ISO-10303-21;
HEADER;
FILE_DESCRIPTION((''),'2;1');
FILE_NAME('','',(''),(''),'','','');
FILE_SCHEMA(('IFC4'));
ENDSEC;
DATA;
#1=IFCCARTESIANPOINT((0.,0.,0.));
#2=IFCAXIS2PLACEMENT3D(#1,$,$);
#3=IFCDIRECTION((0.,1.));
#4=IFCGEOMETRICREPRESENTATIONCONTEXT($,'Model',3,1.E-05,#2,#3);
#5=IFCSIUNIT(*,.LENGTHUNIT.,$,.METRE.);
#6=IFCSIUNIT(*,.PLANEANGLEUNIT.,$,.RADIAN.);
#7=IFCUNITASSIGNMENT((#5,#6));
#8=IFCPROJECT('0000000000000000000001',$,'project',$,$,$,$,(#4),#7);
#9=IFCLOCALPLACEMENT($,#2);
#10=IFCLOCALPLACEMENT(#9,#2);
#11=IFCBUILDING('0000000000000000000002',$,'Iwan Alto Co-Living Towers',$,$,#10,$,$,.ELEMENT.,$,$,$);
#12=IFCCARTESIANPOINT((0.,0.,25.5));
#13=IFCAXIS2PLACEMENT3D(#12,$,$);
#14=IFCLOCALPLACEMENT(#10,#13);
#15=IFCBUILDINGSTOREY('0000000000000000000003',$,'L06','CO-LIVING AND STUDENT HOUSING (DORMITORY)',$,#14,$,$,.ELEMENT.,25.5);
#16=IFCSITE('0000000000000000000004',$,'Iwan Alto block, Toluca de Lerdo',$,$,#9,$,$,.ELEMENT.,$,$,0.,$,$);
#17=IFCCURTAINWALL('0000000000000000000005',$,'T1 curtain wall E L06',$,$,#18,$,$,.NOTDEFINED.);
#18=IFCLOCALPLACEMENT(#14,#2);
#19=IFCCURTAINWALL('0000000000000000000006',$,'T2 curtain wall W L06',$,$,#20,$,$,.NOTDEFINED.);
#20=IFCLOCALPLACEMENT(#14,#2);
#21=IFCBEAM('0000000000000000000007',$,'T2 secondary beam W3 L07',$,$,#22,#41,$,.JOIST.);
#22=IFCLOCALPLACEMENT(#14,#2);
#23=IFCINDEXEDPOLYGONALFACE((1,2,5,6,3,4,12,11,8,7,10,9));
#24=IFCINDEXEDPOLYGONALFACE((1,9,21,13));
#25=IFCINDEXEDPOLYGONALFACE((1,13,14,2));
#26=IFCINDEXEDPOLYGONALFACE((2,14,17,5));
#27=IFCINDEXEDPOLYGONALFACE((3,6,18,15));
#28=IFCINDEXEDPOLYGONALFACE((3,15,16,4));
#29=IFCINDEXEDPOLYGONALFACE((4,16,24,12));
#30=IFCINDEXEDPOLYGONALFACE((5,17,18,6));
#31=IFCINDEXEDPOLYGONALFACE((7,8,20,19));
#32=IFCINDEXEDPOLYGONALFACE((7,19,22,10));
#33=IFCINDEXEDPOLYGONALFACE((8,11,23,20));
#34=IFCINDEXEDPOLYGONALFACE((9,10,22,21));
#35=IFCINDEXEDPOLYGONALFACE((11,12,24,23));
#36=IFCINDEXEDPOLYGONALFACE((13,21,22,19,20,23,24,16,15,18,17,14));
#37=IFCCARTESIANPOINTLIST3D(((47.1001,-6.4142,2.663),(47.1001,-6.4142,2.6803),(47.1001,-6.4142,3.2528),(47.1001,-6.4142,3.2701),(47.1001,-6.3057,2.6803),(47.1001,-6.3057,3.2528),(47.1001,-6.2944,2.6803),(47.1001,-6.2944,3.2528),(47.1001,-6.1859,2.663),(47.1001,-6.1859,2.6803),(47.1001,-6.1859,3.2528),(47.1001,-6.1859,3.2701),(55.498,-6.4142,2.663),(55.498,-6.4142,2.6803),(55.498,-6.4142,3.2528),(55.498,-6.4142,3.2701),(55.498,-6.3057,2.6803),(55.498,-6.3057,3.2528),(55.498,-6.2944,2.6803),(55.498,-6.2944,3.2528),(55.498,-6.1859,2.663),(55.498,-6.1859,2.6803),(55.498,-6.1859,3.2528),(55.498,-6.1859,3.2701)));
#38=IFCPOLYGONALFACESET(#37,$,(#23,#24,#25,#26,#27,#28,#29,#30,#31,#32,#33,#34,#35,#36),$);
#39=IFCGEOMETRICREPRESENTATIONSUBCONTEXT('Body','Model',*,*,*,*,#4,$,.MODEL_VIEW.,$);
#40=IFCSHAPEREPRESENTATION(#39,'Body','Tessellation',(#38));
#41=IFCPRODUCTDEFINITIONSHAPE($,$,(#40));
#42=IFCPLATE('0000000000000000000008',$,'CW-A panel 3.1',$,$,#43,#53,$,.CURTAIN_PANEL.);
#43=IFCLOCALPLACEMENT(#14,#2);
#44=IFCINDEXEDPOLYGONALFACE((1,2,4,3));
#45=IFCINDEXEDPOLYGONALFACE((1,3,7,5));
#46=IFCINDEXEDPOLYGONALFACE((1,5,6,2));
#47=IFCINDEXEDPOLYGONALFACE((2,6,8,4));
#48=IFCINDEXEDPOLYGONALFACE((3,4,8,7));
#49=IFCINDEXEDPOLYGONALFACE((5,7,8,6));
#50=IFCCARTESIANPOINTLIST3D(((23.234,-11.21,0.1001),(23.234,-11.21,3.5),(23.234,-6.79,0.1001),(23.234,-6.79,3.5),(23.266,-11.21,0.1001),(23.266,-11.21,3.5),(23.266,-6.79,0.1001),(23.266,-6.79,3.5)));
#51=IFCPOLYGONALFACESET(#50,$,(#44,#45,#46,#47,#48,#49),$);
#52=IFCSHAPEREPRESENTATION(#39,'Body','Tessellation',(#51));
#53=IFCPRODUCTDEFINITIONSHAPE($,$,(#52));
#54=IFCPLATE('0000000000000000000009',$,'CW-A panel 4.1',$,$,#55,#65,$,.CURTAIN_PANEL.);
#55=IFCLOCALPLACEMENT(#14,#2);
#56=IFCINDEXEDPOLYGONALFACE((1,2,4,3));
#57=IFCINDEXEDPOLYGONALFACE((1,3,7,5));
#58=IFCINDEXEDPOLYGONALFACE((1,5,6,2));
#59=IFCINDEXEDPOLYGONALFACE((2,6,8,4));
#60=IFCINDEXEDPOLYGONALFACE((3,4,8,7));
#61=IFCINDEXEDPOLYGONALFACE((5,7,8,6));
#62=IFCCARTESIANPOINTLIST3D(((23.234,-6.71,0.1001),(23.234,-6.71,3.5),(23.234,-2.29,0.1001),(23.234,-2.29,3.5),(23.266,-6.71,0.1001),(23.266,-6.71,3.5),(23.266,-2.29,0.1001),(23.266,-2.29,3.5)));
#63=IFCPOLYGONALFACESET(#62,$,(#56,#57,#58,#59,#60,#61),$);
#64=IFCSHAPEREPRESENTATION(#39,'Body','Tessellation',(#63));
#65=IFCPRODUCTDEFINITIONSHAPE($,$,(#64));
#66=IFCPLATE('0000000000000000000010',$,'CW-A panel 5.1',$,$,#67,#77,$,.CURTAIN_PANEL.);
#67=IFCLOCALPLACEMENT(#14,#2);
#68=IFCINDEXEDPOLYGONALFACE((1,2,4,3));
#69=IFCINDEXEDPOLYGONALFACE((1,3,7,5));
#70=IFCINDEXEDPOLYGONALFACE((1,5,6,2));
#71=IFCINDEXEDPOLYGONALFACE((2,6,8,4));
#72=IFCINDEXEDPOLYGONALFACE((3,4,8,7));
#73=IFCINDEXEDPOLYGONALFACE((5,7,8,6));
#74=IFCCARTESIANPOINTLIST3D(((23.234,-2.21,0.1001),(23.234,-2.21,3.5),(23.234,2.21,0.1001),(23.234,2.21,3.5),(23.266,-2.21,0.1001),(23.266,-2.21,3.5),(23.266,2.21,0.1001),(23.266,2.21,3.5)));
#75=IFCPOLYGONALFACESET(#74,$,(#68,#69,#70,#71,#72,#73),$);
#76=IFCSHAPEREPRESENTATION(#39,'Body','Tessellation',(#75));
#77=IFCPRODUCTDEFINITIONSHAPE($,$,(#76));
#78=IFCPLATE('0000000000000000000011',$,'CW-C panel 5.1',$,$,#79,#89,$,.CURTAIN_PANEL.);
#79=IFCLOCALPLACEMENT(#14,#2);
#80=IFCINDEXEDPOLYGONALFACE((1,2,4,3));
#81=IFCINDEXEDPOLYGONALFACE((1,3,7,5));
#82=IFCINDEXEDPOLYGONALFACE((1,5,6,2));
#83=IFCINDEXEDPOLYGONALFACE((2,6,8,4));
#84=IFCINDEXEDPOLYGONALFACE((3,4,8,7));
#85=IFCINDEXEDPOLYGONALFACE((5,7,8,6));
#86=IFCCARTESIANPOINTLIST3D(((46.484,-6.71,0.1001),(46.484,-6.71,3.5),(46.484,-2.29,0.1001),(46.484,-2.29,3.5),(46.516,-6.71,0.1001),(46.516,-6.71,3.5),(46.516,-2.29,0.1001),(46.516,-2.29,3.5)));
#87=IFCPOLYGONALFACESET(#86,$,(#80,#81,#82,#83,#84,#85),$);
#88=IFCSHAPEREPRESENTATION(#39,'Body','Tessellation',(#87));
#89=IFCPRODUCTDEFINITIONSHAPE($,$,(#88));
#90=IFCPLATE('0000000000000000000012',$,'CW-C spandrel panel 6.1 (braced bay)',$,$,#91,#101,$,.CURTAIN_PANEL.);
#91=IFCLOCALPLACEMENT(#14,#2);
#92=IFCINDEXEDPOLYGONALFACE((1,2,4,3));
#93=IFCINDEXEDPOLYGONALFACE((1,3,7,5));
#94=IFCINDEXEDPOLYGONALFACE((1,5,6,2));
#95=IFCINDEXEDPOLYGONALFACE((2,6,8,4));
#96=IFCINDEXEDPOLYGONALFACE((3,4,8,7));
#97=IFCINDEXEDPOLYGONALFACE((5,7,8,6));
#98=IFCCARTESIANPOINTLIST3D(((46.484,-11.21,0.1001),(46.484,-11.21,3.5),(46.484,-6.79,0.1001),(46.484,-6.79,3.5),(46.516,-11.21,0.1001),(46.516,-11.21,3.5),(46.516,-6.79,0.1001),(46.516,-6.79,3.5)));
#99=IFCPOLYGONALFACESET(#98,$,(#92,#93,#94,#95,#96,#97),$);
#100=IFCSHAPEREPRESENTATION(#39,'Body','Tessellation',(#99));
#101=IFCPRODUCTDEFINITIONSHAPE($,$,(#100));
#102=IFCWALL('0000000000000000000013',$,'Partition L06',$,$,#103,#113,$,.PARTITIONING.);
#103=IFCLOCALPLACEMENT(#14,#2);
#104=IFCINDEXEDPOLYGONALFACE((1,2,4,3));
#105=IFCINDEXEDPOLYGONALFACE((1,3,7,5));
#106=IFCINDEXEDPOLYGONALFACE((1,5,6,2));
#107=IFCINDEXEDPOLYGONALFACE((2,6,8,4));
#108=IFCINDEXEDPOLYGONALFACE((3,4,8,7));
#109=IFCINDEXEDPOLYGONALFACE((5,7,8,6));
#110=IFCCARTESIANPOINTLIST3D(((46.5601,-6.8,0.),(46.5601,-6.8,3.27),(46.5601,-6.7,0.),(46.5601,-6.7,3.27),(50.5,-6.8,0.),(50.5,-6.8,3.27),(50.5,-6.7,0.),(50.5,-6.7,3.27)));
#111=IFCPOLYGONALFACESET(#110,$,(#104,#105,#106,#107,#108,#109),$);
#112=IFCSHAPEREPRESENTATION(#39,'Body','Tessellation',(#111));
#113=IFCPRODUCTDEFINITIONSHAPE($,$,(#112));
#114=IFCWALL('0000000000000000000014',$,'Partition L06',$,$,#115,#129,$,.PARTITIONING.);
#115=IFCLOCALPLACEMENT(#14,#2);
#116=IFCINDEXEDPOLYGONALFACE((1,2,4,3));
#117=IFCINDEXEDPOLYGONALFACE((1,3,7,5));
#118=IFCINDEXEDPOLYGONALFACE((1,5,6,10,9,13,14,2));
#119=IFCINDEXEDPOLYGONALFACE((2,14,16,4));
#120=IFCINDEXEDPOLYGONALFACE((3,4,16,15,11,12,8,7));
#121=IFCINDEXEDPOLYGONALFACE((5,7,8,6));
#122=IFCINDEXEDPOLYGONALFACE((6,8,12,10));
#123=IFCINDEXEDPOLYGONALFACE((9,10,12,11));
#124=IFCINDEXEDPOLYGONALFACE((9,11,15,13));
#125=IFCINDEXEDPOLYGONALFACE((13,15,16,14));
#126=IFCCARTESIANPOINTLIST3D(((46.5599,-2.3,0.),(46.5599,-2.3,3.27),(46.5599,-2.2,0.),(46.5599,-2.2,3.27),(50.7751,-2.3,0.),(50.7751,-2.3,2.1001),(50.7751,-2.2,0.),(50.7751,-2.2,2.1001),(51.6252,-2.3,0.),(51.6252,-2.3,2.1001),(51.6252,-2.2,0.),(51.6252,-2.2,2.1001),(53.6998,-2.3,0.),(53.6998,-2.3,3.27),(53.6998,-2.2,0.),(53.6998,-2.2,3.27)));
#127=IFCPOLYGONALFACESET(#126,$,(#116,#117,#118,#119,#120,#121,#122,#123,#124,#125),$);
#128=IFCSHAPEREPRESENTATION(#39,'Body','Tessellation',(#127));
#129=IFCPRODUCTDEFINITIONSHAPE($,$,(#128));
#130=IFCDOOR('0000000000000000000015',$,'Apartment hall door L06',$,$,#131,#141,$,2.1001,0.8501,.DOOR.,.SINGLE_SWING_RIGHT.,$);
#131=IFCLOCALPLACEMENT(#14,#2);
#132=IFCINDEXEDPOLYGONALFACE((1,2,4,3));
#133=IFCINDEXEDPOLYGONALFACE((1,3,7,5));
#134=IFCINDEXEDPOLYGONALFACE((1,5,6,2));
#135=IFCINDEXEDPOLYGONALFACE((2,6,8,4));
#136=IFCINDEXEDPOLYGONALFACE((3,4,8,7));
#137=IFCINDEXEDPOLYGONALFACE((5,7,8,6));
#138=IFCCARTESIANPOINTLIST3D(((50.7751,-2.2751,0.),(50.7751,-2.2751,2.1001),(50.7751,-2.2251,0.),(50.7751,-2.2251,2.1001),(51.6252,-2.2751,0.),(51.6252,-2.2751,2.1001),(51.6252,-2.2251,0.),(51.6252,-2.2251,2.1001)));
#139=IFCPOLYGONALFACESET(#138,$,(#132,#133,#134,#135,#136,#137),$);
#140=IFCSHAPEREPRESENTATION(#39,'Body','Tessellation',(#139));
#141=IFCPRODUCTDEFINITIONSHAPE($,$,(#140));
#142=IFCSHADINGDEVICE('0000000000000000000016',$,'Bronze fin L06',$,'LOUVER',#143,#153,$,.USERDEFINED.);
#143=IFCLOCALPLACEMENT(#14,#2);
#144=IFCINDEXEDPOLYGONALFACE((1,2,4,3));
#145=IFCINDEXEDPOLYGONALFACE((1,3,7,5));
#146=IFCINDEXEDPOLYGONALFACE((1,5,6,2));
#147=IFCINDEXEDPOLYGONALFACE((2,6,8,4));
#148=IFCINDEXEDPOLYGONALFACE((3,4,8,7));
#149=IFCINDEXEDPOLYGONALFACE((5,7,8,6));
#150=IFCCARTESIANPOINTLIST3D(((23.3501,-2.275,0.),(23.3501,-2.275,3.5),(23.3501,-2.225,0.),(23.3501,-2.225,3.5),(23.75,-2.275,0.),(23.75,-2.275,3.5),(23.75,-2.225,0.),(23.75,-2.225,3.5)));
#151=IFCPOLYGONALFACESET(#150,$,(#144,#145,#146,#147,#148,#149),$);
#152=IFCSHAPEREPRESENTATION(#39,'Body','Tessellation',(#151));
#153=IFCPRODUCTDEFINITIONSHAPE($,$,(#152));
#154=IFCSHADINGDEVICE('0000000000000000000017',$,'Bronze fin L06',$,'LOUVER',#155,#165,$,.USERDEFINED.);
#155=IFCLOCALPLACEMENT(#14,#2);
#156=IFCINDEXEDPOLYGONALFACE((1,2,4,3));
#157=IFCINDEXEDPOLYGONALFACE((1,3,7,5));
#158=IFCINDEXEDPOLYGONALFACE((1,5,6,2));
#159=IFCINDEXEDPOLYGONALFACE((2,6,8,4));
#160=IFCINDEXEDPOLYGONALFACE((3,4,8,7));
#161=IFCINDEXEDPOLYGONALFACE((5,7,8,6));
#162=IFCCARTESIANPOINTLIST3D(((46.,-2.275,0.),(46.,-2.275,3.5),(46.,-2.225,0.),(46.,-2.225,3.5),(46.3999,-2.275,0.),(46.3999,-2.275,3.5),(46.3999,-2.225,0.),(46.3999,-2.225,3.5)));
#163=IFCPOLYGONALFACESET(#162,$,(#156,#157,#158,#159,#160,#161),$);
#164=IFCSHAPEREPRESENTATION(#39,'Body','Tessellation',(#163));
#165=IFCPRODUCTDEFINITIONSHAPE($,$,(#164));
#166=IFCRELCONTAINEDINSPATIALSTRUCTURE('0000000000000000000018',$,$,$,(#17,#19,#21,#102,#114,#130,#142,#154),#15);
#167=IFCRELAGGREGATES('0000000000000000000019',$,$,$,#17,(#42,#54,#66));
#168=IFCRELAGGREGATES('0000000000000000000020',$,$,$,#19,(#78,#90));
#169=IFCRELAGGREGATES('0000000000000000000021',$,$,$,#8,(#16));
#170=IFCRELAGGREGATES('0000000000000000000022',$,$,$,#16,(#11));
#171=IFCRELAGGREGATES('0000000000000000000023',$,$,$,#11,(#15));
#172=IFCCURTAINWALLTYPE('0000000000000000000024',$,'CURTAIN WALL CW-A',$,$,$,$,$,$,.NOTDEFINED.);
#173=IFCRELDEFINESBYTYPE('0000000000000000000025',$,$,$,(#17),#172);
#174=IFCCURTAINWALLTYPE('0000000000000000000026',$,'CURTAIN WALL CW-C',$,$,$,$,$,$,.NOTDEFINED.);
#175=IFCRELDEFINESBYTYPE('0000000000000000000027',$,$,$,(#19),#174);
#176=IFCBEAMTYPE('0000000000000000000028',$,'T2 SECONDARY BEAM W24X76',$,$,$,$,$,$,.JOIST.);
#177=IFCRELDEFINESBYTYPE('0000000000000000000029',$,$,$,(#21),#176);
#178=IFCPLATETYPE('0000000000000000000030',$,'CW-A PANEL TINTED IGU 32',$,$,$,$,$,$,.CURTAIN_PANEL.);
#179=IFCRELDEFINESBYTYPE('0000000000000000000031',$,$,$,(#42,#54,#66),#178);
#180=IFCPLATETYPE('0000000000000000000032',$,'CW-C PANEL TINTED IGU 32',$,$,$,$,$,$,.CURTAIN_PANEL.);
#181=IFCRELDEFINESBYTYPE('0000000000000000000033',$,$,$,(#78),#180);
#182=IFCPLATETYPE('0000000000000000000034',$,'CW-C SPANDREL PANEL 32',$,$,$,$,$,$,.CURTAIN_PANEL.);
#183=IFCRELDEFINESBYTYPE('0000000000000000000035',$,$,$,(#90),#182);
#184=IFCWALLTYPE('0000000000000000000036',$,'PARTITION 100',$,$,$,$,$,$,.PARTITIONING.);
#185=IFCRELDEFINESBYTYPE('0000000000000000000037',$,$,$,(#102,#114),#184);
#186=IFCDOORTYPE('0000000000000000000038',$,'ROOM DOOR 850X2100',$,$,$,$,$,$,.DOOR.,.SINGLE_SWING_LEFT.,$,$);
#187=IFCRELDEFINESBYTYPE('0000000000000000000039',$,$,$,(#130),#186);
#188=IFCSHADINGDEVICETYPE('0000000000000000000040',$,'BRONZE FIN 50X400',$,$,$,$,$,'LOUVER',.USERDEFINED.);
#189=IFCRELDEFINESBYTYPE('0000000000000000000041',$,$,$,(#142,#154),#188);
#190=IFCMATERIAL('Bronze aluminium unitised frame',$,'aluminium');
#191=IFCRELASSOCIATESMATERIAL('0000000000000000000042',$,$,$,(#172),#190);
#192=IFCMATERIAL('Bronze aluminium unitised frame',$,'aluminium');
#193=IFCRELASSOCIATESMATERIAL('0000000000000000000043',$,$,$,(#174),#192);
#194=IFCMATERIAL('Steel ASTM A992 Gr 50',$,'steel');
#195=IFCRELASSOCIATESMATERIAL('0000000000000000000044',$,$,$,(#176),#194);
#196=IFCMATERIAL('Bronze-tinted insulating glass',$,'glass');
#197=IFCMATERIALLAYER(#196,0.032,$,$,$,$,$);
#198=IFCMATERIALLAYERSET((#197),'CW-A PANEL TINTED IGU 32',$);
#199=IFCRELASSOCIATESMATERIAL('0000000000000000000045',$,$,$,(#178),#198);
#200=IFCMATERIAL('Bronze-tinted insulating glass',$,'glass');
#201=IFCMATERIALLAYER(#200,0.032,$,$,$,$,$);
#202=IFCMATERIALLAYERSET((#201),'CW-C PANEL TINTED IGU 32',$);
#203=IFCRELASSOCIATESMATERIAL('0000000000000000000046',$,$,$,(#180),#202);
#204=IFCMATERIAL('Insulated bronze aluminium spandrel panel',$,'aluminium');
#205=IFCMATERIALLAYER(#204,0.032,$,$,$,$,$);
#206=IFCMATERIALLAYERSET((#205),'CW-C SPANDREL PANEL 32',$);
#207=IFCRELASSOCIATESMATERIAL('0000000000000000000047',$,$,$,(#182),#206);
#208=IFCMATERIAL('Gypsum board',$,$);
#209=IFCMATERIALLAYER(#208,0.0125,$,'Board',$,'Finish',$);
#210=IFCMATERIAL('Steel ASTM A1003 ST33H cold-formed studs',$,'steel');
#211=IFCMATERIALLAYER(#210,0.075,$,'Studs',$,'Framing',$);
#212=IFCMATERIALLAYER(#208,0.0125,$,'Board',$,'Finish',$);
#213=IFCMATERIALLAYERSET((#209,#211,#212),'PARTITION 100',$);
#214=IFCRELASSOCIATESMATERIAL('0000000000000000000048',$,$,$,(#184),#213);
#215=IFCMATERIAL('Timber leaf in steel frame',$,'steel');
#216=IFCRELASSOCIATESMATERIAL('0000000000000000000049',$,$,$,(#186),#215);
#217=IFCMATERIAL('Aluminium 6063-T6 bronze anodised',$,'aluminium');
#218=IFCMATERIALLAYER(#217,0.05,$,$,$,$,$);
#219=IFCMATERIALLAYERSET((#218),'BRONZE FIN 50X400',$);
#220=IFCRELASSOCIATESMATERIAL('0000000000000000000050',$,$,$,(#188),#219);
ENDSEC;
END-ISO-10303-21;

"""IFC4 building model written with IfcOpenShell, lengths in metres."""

from ifc_helpers import new_model, si_unit, direction, frame, frame_2d, origin, origin_2d, place, context, subcontext, project, spatial, rectangle, i_section, extrude, material, layer, layer_set, material_profile, profile_set, type_object, element, fill, aggregate, save


model = new_model("IFC4")

# Units and contexts
model_context = context("Model", 3, precision=1e-05, world=origin(), true_north=direction((0.0, 1.0)))
body_context = subcontext(model_context, "Body", "Model", "MODEL_VIEW")
ifc_project = project(units=[si_unit("LENGTHUNIT", "METRE"), si_unit("PLANEANGLEUNIT", "RADIAN")], contexts=[model_context])

# Site, building, storey
site_placement = place(None, origin())
site = spatial("IfcSite", under=ifc_project, at=site_placement, Name="Iwan Alto block, Toluca de Lerdo", CompositionType="ELEMENT", RefElevation=0.0)
building_placement = place(site_placement, origin())
building = spatial("IfcBuilding", under=site, at=building_placement, Name="Iwan Alto Co-Living Towers", CompositionType="ELEMENT")
storey_placement = place(building_placement, frame((0.0, 0.0, 25.5)))
storey = spatial("IfcBuildingStorey", under=building, at=storey_placement, Name="L06", Description="CO-LIVING AND STUDENT HOUSING (DORMITORY)", CompositionType="ELEMENT", Elevation=25.5)

# Curtain walls
ifc_material_1 = material(Name="Bronze aluminium unitised frame", Category="aluminium")
curtain_wall_type_1 = type_object("IfcCurtainWallType", Name="CURTAIN WALL CW-A", PredefinedType="NOTDEFINED", material=ifc_material_1)
curtain_wall_1_placement = place(storey_placement, origin())
curtain_wall_1 = element("IfcCurtainWall", 1, at=curtain_wall_1_placement, inside=storey, type_object=curtain_wall_type_1, Name="T1 curtain wall E L06", PredefinedType="NOTDEFINED")
ifc_material_2 = material(Name="Bronze aluminium unitised frame", Category="aluminium")
curtain_wall_type_2 = type_object("IfcCurtainWallType", Name="CURTAIN WALL CW-C", PredefinedType="NOTDEFINED", material=ifc_material_2)
curtain_wall_2_placement = place(storey_placement, origin())
curtain_wall_2 = element("IfcCurtainWall", 2, at=curtain_wall_2_placement, inside=storey, type_object=curtain_wall_type_2, Name="T2 curtain wall W L06", PredefinedType="NOTDEFINED")

# Beam
ifc_material_3 = material(Name="Steel ASTM A992 Gr 50", Category="steel")
ifc_material_profile_1 = material_profile(ifc_material_3, i_section(OverallWidth=0.2283, OverallDepth=0.6072, WebThickness=0.0112, FlangeThickness=0.0173, at=origin_2d()), Name="W24X76")
ifc_profile_set_1 = profile_set([ifc_material_profile_1], Name="Steel ASTM A992 Gr 50")
beam_type = type_object("IfcBeamType", Name="T2 SECONDARY BEAM W24X76", PredefinedType="JOIST", material=ifc_profile_set_1)
beam_placement = place(storey_placement, frame((47.1001, -6.3, 2.9666), z_axis=(1.0, 0.0, 0.0), x_axis=(0.0, 1.0, 0.0)))
element("IfcBeam", 3, at=beam_placement, inside=storey, type_object=beam_type, Name="T2 secondary beam W3 L07", PredefinedType="JOIST", context=body_context, shape_type="SweptSolid", body=[
    extrude(i_section(OverallWidth=0.2283, OverallDepth=0.6072, WebThickness=0.0112, FlangeThickness=0.0173, at=origin_2d()), origin(), (0.0, 0.0, 1.0), 8.3979),
])

# Plates
ifc_material_4 = material(Name="Bronze-tinted insulating glass", Category="glass")
ifc_layer_1 = layer(ifc_material_4, 0.032)
ifc_layer_set_1 = layer_set([ifc_layer_1], Name="CW-A PANEL TINTED IGU 32")
plate_type_1 = type_object("IfcPlateType", Name="CW-A PANEL TINTED IGU 32", PredefinedType="CURTAIN_PANEL", material=ifc_layer_set_1)
plate_1_placement = place(storey_placement, frame((23.25, -9.0, 0.1001), z_axis=(0.0, 0.0, 1.0), x_axis=(0.0, 1.0, 0.0)))
plate_1 = element("IfcPlate", 4, at=plate_1_placement, type_object=plate_type_1, Name="CW-A panel 3.1", PredefinedType="CURTAIN_PANEL", context=body_context, shape_type="SweptSolid", body=[
    extrude(rectangle(XDim=4.4199, YDim=0.032, at=origin_2d()), origin(), (0.0, 0.0, 1.0), 3.3999),
])
plate_2_placement = place(storey_placement, frame((23.25, -4.5, 0.1001), z_axis=(0.0, 0.0, 1.0), x_axis=(0.0, 1.0, 0.0)))
plate_2 = element("IfcPlate", 5, at=plate_2_placement, type_object=plate_type_1, Name="CW-A panel 4.1", PredefinedType="CURTAIN_PANEL", context=body_context, shape_type="SweptSolid", body=[
    extrude(rectangle(XDim=4.4199, YDim=0.032, at=origin_2d()), origin(), (0.0, 0.0, 1.0), 3.3999),
])
plate_3_placement = place(storey_placement, frame((23.25, 0.0, 0.1001), z_axis=(0.0, 0.0, 1.0), x_axis=(0.0, 1.0, 0.0)))
plate_3 = element("IfcPlate", 6, at=plate_3_placement, type_object=plate_type_1, Name="CW-A panel 5.1", PredefinedType="CURTAIN_PANEL", context=body_context, shape_type="SweptSolid", body=[
    extrude(rectangle(XDim=4.4199, YDim=0.032, at=origin_2d()), origin(), (0.0, 0.0, 1.0), 3.3999),
])
aggregate(curtain_wall_1, [plate_1, plate_2, plate_3])
ifc_material_5 = material(Name="Bronze-tinted insulating glass", Category="glass")
ifc_layer_2 = layer(ifc_material_5, 0.032)
ifc_layer_set_2 = layer_set([ifc_layer_2], Name="CW-C PANEL TINTED IGU 32")
plate_type_2 = type_object("IfcPlateType", Name="CW-C PANEL TINTED IGU 32", PredefinedType="CURTAIN_PANEL", material=ifc_layer_set_2)
plate_4_placement = place(storey_placement, frame((46.5, -4.5, 0.1001), z_axis=(0.0, 0.0, 1.0), x_axis=(0.0, -1.0, 0.0)))
plate_4 = element("IfcPlate", 7, at=plate_4_placement, type_object=plate_type_2, Name="CW-C panel 5.1", PredefinedType="CURTAIN_PANEL", context=body_context, shape_type="SweptSolid", body=[
    extrude(rectangle(XDim=4.4199, YDim=0.032, at=origin_2d()), origin(), (0.0, 0.0, 1.0), 3.3999),
])
ifc_material_6 = material(Name="Insulated bronze aluminium spandrel panel", Category="aluminium")
ifc_layer_3 = layer(ifc_material_6, 0.032)
ifc_layer_set_3 = layer_set([ifc_layer_3], Name="CW-C SPANDREL PANEL 32")
plate_type_3 = type_object("IfcPlateType", Name="CW-C SPANDREL PANEL 32", PredefinedType="CURTAIN_PANEL", material=ifc_layer_set_3)
plate_5_placement = place(storey_placement, frame((46.5, -9.0, 0.1001), z_axis=(0.0, 0.0, 1.0), x_axis=(0.0, -1.0, 0.0)))
plate_5 = element("IfcPlate", 8, at=plate_5_placement, type_object=plate_type_3, Name="CW-C spandrel panel 6.1 (braced bay)", PredefinedType="CURTAIN_PANEL", context=body_context, shape_type="SweptSolid", body=[
    extrude(rectangle(XDim=4.4199, YDim=0.032, at=origin_2d()), origin(), (0.0, 0.0, 1.0), 3.3999),
])
aggregate(curtain_wall_2, [plate_4, plate_5])

# Wall
ifc_material_7 = material(Name="Gypsum board")
ifc_layer_4 = layer(ifc_material_7, 0.0125, Name="Board", Category="Finish")
ifc_material_8 = material(Name="Steel ASTM A1003 ST33H cold-formed studs", Category="steel")
ifc_layer_5 = layer(ifc_material_8, 0.075, Name="Studs", Category="Framing")
ifc_layer_6 = layer(ifc_material_7, 0.0125, Name="Board", Category="Finish")
ifc_layer_set_4 = layer_set([ifc_layer_4, ifc_layer_5, ifc_layer_6], Name="PARTITION 100")
wall_type = type_object("IfcWallType", Name="PARTITION 100", PredefinedType="PARTITIONING", material=ifc_layer_set_4)
wall_1_placement = place(storey_placement, frame((46.5601, -6.75, 0.0), z_axis=(0.0, 0.0, 1.0), x_axis=(1.0, 0.0, 0.0)))
element("IfcWall", 9, at=wall_1_placement, inside=storey, type_object=wall_type, Name="Partition L06", PredefinedType="PARTITIONING", context=body_context, shape_type="SweptSolid", body=[
    extrude(rectangle(XDim=3.9399, YDim=0.1001, at=frame_2d((1.97, 0.0))), origin(), (0.0, 0.0, 1.0), 3.27),
])

# Wall, opening, door
wall_2_placement = place(storey_placement, frame((46.5601, -2.25, 0.0), z_axis=(0.0, 0.0, 1.0), x_axis=(1.0, 0.0, 0.0)))
wall_2 = element("IfcWall", 10, at=wall_2_placement, inside=storey, type_object=wall_type, Name="Partition L06", PredefinedType="PARTITIONING", context=body_context, shape_type="SweptSolid", body=[
    extrude(rectangle(XDim=7.1399, YDim=0.1001, at=frame_2d((3.5698, 0.0))), origin(), (0.0, 0.0, 1.0), 3.27),
])
opening_placement = place(wall_2_placement, frame((4.2151, 0.0, 0.0)))
opening = element("IfcOpeningElement", 11, at=opening_placement, cuts=wall_2, PredefinedType="OPENING", context=body_context, shape_type="SweptSolid", body=[
    extrude(rectangle(XDim=0.8501, YDim=2.1001, at=frame_2d((0.425, 1.05))), frame((0.0, 0.0601, 0.0), z_axis=(0.0, -1.0, 0.0), x_axis=(1.0, 0.0, 0.0)), (0.0, 0.0, 1.0), 0.1201),
])
ifc_material_9 = material(Name="Timber leaf in steel frame", Category="steel")
door_type = type_object("IfcDoorType", Name="ROOM DOOR 850X2100", OperationType="SINGLE_SWING_LEFT", PredefinedType="DOOR", material=ifc_material_9)
door_placement = place(opening_placement, origin())
door = element("IfcDoor", 12, at=door_placement, inside=storey, type_object=door_type, Name="Apartment hall door L06", OperationType="SINGLE_SWING_RIGHT", OverallHeight=2.1001, OverallWidth=0.8501, PredefinedType="DOOR", context=body_context, shape_type="SweptSolid", body=[
    extrude(rectangle(XDim=0.8501, YDim=2.1001, at=frame_2d((0.425, 1.05))), frame((0.0, 0.0249, 0.0), z_axis=(0.0, -1.0, 0.0), x_axis=(1.0, 0.0, 0.0)), (0.0, 0.0, 1.0), 0.05),
])
fill(opening, door)

# Shading devices
ifc_material_10 = material(Name="Aluminium 6063-T6 bronze anodised", Category="aluminium")
ifc_layer_7 = layer(ifc_material_10, 0.05)
ifc_layer_set_5 = layer_set([ifc_layer_7], Name="BRONZE FIN 50X400")
shading_device_type = type_object("IfcShadingDeviceType", Name="BRONZE FIN 50X400", ElementType="LOUVER", PredefinedType="USERDEFINED", material=ifc_layer_set_5)
for number, where, z_axis, x_axis, name in (
    (13, (23.55, -2.25, 0.0), (0.0, 0.0, 1.0), (0.0, 1.0, 0.0), "Bronze fin L06"),
    (14, (46.2, -2.25, 0.0), (0.0, 0.0, 1.0), (0.0, -1.0, 0.0), "Bronze fin L06"),
):
    element("IfcShadingDevice", number, at=place(storey_placement, frame(where, z_axis=z_axis, x_axis=x_axis)), inside=storey, type_object=shading_device_type, Name=name, ObjectType="LOUVER", PredefinedType="USERDEFINED", context=body_context, shape_type="SweptSolid", body=[
        extrude(rectangle(XDim=0.05, YDim=0.3999, at=origin_2d()), origin(), (0.0, 0.0, 1.0), 3.5),
    ])

save(model, "model.ifc")
